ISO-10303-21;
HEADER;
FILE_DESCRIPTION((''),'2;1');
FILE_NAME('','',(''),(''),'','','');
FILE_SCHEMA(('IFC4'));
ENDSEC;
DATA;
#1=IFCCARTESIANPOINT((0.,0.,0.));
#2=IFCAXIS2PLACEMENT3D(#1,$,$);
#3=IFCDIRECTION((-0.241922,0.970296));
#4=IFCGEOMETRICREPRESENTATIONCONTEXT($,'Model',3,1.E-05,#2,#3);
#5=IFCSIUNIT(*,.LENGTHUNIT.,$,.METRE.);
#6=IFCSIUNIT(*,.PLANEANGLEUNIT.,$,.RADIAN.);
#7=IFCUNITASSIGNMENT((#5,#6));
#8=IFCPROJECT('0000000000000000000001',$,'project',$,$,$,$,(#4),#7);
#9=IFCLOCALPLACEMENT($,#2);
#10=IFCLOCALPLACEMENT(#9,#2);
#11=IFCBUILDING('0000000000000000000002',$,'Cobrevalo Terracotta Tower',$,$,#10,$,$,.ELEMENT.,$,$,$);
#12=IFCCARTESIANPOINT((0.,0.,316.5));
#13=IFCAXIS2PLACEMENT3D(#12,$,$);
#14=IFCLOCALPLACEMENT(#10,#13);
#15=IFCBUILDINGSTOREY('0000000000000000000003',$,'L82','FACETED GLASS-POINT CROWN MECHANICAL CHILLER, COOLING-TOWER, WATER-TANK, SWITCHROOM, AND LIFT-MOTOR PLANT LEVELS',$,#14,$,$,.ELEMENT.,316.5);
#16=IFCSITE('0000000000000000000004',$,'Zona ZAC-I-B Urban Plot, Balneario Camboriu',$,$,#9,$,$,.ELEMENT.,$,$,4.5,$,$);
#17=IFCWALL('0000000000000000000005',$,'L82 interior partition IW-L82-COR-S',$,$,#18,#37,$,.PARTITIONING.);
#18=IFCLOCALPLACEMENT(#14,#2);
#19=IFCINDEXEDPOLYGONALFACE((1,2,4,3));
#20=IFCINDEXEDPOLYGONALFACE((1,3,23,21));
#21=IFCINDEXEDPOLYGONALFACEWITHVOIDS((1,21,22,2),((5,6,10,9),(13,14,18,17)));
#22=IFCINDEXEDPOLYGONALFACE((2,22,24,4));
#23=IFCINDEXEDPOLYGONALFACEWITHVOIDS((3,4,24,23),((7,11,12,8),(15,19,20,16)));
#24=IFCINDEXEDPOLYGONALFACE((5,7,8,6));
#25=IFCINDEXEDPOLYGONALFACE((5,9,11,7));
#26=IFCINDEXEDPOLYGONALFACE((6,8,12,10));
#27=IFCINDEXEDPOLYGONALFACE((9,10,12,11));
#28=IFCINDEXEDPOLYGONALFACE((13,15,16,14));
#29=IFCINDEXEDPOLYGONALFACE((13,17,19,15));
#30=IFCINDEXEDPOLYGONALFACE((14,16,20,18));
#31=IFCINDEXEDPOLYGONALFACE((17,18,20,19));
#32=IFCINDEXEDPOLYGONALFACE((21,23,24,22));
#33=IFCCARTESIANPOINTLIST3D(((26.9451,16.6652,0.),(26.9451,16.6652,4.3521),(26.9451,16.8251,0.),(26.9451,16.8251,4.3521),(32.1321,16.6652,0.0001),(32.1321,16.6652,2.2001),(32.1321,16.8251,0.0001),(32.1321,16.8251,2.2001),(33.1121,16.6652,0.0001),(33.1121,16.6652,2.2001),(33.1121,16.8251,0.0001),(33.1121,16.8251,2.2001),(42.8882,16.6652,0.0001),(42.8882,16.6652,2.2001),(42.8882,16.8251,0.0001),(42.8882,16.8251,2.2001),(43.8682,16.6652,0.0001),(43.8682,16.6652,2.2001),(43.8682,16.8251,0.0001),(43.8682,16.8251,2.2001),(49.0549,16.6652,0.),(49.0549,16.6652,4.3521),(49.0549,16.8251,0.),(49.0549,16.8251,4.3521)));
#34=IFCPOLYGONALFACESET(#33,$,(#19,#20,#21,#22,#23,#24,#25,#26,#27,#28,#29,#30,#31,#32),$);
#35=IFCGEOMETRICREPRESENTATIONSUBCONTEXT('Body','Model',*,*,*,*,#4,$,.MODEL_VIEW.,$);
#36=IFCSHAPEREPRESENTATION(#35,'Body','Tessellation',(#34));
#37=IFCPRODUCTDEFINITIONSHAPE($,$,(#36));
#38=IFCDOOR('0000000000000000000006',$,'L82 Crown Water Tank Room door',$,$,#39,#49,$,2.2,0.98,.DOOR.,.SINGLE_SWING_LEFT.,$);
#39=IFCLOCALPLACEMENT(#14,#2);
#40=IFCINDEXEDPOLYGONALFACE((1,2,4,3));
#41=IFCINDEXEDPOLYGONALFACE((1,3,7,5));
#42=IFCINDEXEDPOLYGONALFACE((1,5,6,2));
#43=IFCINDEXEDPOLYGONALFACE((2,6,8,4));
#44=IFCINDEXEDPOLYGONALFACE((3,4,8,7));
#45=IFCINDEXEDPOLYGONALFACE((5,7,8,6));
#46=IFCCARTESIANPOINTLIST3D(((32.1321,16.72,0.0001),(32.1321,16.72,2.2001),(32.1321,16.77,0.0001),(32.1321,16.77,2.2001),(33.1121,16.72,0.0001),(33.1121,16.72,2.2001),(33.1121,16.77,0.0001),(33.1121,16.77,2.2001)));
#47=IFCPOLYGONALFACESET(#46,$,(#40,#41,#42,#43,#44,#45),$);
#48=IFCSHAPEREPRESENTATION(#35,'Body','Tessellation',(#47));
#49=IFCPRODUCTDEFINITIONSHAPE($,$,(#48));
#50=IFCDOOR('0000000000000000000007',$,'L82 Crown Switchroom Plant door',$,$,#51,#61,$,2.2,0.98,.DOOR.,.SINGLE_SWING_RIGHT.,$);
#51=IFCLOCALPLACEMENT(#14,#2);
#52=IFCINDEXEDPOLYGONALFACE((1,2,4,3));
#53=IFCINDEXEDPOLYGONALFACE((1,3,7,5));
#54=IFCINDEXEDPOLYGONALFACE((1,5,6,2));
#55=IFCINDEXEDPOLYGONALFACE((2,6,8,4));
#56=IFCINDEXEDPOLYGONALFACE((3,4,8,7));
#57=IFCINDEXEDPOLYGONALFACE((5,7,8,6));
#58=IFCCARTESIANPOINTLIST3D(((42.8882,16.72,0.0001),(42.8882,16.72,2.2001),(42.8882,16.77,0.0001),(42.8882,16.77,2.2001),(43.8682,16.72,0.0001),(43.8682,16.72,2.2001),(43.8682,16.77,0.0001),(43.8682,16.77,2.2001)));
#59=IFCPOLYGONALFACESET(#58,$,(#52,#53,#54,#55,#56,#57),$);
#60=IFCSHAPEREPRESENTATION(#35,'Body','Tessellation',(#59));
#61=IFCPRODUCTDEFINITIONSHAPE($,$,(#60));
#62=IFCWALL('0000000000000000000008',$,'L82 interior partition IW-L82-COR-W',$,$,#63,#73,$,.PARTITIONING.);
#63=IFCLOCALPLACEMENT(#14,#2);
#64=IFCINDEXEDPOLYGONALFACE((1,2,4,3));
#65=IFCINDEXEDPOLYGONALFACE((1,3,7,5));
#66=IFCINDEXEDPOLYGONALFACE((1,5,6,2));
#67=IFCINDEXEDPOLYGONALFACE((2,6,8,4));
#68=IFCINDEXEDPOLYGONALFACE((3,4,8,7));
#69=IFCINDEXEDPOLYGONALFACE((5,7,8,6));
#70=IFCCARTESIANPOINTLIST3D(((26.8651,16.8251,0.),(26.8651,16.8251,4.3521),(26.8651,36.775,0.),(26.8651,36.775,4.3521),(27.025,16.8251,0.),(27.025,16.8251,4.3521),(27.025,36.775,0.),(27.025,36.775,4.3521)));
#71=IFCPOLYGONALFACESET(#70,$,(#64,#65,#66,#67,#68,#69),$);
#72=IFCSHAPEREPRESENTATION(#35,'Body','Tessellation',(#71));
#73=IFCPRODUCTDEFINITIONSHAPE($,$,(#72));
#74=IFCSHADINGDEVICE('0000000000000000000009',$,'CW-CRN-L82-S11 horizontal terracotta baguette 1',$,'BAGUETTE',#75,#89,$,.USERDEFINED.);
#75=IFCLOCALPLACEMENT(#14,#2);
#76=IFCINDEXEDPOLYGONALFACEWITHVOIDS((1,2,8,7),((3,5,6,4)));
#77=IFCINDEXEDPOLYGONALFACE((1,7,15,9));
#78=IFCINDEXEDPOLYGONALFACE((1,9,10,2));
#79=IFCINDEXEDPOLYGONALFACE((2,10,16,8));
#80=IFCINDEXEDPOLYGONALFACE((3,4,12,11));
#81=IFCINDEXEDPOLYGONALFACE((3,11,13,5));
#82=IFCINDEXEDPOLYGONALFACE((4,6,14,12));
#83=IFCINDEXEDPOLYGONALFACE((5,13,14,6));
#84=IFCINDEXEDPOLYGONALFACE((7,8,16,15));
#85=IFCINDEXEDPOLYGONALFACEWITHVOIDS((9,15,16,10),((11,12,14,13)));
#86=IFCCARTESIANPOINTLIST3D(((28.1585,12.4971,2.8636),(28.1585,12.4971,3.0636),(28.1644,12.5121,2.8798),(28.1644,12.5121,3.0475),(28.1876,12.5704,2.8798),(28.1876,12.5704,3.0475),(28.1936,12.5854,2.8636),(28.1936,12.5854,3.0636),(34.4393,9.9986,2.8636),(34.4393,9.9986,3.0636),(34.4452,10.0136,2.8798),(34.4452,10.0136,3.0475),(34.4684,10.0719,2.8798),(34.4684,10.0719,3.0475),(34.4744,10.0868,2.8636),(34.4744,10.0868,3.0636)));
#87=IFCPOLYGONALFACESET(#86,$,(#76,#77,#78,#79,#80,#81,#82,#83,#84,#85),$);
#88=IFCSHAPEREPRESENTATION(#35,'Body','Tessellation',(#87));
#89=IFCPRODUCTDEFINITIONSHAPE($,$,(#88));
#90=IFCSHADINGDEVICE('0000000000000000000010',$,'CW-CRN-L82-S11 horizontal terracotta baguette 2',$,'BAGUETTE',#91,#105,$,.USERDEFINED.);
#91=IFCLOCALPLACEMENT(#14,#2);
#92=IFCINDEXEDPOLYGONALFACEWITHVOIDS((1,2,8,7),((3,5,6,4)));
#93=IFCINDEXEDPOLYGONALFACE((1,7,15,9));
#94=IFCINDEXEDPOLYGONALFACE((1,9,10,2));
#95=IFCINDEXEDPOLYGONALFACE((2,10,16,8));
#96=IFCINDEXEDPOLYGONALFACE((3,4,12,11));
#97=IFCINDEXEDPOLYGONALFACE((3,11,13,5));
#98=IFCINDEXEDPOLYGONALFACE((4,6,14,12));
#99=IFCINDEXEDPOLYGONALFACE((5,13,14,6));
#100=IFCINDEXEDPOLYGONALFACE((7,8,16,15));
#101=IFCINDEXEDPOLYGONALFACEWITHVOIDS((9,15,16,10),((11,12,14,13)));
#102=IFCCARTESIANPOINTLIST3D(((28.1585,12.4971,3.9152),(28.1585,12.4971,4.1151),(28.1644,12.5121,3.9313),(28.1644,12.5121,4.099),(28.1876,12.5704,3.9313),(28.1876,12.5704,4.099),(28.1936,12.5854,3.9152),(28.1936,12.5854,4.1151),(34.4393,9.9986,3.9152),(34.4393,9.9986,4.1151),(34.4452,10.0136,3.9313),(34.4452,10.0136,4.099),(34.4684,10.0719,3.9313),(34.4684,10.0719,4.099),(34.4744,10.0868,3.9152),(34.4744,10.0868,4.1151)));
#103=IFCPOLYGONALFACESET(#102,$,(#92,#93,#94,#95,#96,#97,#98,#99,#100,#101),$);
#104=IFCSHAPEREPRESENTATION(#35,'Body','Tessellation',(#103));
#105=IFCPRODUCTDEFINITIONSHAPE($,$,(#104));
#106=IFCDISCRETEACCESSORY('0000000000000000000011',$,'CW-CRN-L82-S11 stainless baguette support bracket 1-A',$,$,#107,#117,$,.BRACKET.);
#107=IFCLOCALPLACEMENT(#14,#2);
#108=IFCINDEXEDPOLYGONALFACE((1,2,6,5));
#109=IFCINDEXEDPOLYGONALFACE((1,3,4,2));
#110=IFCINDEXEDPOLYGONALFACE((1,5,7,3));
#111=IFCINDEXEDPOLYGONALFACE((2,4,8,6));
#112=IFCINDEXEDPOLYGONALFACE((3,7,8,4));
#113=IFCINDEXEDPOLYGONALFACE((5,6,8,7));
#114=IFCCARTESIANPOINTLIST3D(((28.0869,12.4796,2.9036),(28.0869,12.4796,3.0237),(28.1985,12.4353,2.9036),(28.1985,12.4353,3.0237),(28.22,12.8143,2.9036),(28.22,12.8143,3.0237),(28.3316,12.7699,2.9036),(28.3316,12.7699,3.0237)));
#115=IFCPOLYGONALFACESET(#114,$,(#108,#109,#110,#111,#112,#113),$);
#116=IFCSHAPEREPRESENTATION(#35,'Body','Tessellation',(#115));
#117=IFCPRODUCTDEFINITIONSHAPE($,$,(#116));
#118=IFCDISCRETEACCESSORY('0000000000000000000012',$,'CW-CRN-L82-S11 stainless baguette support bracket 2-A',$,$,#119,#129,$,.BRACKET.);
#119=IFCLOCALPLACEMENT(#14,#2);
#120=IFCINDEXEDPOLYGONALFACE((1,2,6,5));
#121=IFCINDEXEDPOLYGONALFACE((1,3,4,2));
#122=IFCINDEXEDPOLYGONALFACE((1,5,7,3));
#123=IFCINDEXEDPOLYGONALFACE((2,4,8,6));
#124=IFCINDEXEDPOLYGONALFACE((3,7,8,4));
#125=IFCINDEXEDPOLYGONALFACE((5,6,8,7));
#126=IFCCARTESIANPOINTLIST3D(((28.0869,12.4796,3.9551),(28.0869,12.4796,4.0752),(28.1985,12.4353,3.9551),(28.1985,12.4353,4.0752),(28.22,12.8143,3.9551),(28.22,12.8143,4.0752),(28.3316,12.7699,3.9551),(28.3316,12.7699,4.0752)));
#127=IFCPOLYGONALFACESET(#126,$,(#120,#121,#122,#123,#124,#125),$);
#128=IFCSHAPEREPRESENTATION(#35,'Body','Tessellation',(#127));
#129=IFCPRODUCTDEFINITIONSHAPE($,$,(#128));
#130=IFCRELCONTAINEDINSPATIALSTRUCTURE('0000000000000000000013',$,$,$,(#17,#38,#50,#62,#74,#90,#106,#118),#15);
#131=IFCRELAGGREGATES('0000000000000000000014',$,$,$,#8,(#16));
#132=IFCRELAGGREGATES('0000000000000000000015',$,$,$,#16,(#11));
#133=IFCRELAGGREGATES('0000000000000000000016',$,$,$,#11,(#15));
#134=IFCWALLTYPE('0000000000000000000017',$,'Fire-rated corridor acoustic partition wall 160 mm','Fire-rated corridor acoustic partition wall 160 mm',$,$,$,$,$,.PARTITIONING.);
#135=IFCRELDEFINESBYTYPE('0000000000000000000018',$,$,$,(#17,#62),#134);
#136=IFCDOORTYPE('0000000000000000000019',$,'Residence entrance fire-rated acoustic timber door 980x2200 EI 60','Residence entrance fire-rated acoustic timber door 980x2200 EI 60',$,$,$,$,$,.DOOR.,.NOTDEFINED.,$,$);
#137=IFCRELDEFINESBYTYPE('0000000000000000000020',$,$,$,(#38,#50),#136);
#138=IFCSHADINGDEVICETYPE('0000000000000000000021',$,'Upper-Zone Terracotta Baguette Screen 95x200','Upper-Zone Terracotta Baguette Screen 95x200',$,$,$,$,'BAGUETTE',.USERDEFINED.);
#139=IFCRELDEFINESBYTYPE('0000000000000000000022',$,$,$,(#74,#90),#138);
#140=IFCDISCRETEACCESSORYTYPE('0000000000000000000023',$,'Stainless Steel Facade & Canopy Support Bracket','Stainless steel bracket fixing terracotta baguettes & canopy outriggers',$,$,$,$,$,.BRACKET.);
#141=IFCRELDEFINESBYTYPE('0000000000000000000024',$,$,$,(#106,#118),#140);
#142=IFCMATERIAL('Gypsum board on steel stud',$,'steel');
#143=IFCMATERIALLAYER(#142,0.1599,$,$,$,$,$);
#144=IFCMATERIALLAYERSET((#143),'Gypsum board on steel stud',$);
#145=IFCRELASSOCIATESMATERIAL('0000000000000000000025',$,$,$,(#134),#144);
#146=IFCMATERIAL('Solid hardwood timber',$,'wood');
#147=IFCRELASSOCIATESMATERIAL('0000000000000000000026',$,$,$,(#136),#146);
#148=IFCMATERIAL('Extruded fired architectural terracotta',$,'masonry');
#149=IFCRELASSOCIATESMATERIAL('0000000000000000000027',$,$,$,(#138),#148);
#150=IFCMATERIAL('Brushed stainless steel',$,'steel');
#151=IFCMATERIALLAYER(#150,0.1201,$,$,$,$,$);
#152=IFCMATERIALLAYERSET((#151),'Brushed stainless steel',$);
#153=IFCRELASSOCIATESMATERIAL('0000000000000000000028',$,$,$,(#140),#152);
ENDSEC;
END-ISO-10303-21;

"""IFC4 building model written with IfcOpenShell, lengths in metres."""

from ifc_helpers import new_model, si_unit, direction, frame, frame_2d, origin, origin_2d, place, context, subcontext, project, spatial, rectangle, hollow_rectangle, extrude, source, transform, mapped, material, layer, layer_set, material_profile, profile_set, type_object, element, fill, save


model = new_model("IFC4")

# Units and contexts
model_context = context("Model", 3, precision=1e-05, world=origin(), true_north=direction((-0.241922, 0.970296)))
body_context = subcontext(model_context, "Body", "Model", "MODEL_VIEW")
ifc_project = project(units=[si_unit("LENGTHUNIT", "METRE"), si_unit("PLANEANGLEUNIT", "RADIAN")], contexts=[model_context])

# Site, building, storey
site_placement = place(None, origin())
site = spatial("IfcSite", under=ifc_project, at=site_placement, Name="Zona ZAC-I-B Urban Plot, Balneario Camboriu", CompositionType="ELEMENT", RefElevation=4.5)
building_placement = place(site_placement, origin())
building = spatial("IfcBuilding", under=site, at=building_placement, Name="Cobrevalo Terracotta Tower", CompositionType="ELEMENT")
storey_placement = place(building_placement, frame((0.0, 0.0, 316.5)))
storey = spatial("IfcBuildingStorey", under=building, at=storey_placement, Name="L82", Description="FACETED GLASS-POINT CROWN MECHANICAL CHILLER, COOLING-TOWER, WATER-TANK, SWITCHROOM, AND LIFT-MOTOR PLANT LEVELS", CompositionType="ELEMENT", Elevation=316.5)

# Wall, openings, doors
ifc_material_1 = material(Name="Gypsum board on steel stud", Category="steel")
ifc_layer_1 = layer(ifc_material_1, 0.1599)
ifc_layer_set_1 = layer_set([ifc_layer_1], Name="Gypsum board on steel stud")
wall_type = type_object("IfcWallType", Name="Fire-rated corridor acoustic partition wall 160 mm", Description="Fire-rated corridor acoustic partition wall 160 mm", PredefinedType="PARTITIONING", material=ifc_layer_set_1)
wall_1_placement = place(storey_placement, frame((26.9451, 16.7451, 0.0), z_axis=(0.0, 0.0, 1.0), x_axis=(1.0, 0.0, 0.0)))
wall_1 = element("IfcWall", 1, at=wall_1_placement, inside=storey, type_object=wall_type, Name="L82 interior partition IW-L82-COR-S", PredefinedType="PARTITIONING", context=body_context, shape_type="SweptSolid", body=[
    extrude(rectangle(XDim=22.1099, YDim=0.1599, at=frame_2d((11.0549, 0.0))), origin(), (0.0, 0.0, 1.0), 4.3521),
])
opening_1_placement = place(wall_1_placement, frame((5.187, 0.0, 0.0)))
opening_1 = element("IfcOpeningElement", 2, at=opening_1_placement, cuts=wall_1, PredefinedType="OPENING", context=body_context, shape_type="SweptSolid", body=[
    extrude(rectangle(XDim=0.98, YDim=2.2, at=frame_2d((0.49, 1.1001))), frame((0.0, 0.0898, 0.0), z_axis=(0.0, -1.0, 0.0), x_axis=(1.0, 0.0, 0.0)), (0.0, 0.0, 1.0), 0.1799),
])
opening_2_placement = place(wall_1_placement, frame((15.9431, 0.0, 0.0)))
opening_2 = element("IfcOpeningElement", 3, at=opening_2_placement, cuts=wall_1, PredefinedType="OPENING", context=body_context, shape_type="SweptSolid", body=[
    extrude(rectangle(XDim=0.98, YDim=2.2, at=frame_2d((0.49, 1.1001))), frame((0.0, 0.0898, 0.0), z_axis=(0.0, -1.0, 0.0), x_axis=(1.0, 0.0, 0.0)), (0.0, 0.0, 1.0), 0.1799),
])
ifc_material_2 = material(Name="Solid hardwood timber", Category="wood")
door_type = type_object("IfcDoorType", Name="Residence entrance fire-rated acoustic timber door 980x2200 EI 60", Description="Residence entrance fire-rated acoustic timber door 980x2200 EI 60", OperationType="NOTDEFINED", PredefinedType="DOOR", material=ifc_material_2)
shared_shape_1 = source(origin(), body_context, "Body", "SweptSolid", [
    extrude(rectangle(XDim=0.98, YDim=2.2, at=frame_2d((0.49, 1.1001))), frame((0.0, 0.0249, 0.0), z_axis=(0.0, -1.0, 0.0), x_axis=(1.0, 0.0, 0.0)), (0.0, 0.0, 1.0), 0.05),
])
door_1_placement = place(opening_1_placement, origin())
door_1 = element("IfcDoor", 4, at=door_1_placement, inside=storey, type_object=door_type, Name="L82 Crown Water Tank Room door", OperationType="SINGLE_SWING_LEFT", OverallHeight=2.2, OverallWidth=0.98, PredefinedType="DOOR", context=body_context, shape_type="MappedRepresentation", body=[
    mapped(shared_shape_1, transform((0.0, 0.0, 0.0), scale=1.0)),
])
fill(opening_1, door_1)
door_2_placement = place(opening_2_placement, origin())
door_2 = element("IfcDoor", 5, at=door_2_placement, inside=storey, type_object=door_type, Name="L82 Crown Switchroom Plant door", OperationType="SINGLE_SWING_RIGHT", OverallHeight=2.2, OverallWidth=0.98, PredefinedType="DOOR", context=body_context, shape_type="MappedRepresentation", body=[
    mapped(shared_shape_1, transform((0.0, 0.0, 0.0), scale=1.0)),
])
fill(opening_2, door_2)

# Wall
wall_2_placement = place(storey_placement, frame((26.9451, 16.825, 0.0), z_axis=(0.0, 0.0, 1.0), x_axis=(0.0, 1.0, 0.0)))
element("IfcWall", 6, at=wall_2_placement, inside=storey, type_object=wall_type, Name="L82 interior partition IW-L82-COR-W", PredefinedType="PARTITIONING", context=body_context, shape_type="SweptSolid", body=[
    extrude(rectangle(XDim=19.95, YDim=0.1599, at=frame_2d((9.9751, 0.0))), origin(), (0.0, 0.0, 1.0), 4.3521),
])

# Shading devices
ifc_material_3 = material(Name="Extruded fired architectural terracotta", Category="masonry")
ifc_material_profile_1 = material_profile(ifc_material_3, hollow_rectangle(XDim=0.095, YDim=0.2, WallThickness=0.0161, at=origin_2d()), Name="BAGUETTE 95x200")
ifc_profile_set_1 = profile_set([ifc_material_profile_1], Name="Extruded fired architectural terracotta")
shading_device_type = type_object("IfcShadingDeviceType", Name="Upper-Zone Terracotta Baguette Screen 95x200", Description="Upper-Zone Terracotta Baguette Screen 95x200", ElementType="BAGUETTE", PredefinedType="USERDEFINED", material=ifc_profile_set_1)
shared_shape_2 = source(origin(), body_context, "Body", "SweptSolid", [
    extrude(hollow_rectangle(XDim=0.095, YDim=0.2, WallThickness=0.0161, at=origin_2d()), origin(), (0.0, 0.0, 1.0), 6.7595),
])
for number, where, z_axis, x_axis, name in (
    (7, (28.176, 12.5413, 2.9636), (0.929177, -0.369634, 0.0), (0.369634, 0.929177, 0.0), "CW-CRN-L82-S11 horizontal terracotta baguette 1"),
    (8, (28.176, 12.5413, 4.0151), (0.929177, -0.369634, 0.0), (0.369634, 0.929177, 0.0), "CW-CRN-L82-S11 horizontal terracotta baguette 2"),
):
    element("IfcShadingDevice", number, at=place(storey_placement, frame(where, z_axis=z_axis, x_axis=x_axis)), inside=storey, type_object=shading_device_type, Name=name, ObjectType="BAGUETTE", PredefinedType="USERDEFINED", context=body_context, shape_type="MappedRepresentation", body=[
        mapped(shared_shape_2, transform((0.0, 0.0, 0.0), scale=1.0)),
    ])

# Discrete accessories
ifc_material_4 = material(Name="Brushed stainless steel", Category="steel")
ifc_layer_2 = layer(ifc_material_4, 0.1201)
ifc_layer_set_2 = layer_set([ifc_layer_2], Name="Brushed stainless steel")
discrete_accessory_type = type_object("IfcDiscreteAccessoryType", Name="Stainless Steel Facade & Canopy Support Bracket", Description="Stainless steel bracket fixing terracotta baguettes & canopy outriggers", PredefinedType="BRACKET", material=ifc_layer_set_2)
shared_shape_3 = source(origin(), body_context, "Body", "SweptSolid", [
    extrude(rectangle(XDim=0.1201, YDim=0.3601, at=origin_2d()), origin(), (0.0, 0.0, 1.0), 0.1201),
])
for number, where, z_axis, x_axis, name in (
    (9, (28.2092, 12.6248, 2.9036), (0.0, 0.0, 1.0), (0.929191, -0.369601, 0.0), "CW-CRN-L82-S11 stainless baguette support bracket 1-A"),
    (10, (28.2092, 12.6248, 3.9551), (0.0, 0.0, 1.0), (0.929191, -0.369601, 0.0), "CW-CRN-L82-S11 stainless baguette support bracket 2-A"),
):
    element("IfcDiscreteAccessory", number, at=place(storey_placement, frame(where, z_axis=z_axis, x_axis=x_axis)), inside=storey, type_object=discrete_accessory_type, Name=name, PredefinedType="BRACKET", context=body_context, shape_type="MappedRepresentation", body=[
        mapped(shared_shape_3, transform((0.0, 0.0, 0.0), scale=1.0)),
    ])

save(model, "model.ifc")
